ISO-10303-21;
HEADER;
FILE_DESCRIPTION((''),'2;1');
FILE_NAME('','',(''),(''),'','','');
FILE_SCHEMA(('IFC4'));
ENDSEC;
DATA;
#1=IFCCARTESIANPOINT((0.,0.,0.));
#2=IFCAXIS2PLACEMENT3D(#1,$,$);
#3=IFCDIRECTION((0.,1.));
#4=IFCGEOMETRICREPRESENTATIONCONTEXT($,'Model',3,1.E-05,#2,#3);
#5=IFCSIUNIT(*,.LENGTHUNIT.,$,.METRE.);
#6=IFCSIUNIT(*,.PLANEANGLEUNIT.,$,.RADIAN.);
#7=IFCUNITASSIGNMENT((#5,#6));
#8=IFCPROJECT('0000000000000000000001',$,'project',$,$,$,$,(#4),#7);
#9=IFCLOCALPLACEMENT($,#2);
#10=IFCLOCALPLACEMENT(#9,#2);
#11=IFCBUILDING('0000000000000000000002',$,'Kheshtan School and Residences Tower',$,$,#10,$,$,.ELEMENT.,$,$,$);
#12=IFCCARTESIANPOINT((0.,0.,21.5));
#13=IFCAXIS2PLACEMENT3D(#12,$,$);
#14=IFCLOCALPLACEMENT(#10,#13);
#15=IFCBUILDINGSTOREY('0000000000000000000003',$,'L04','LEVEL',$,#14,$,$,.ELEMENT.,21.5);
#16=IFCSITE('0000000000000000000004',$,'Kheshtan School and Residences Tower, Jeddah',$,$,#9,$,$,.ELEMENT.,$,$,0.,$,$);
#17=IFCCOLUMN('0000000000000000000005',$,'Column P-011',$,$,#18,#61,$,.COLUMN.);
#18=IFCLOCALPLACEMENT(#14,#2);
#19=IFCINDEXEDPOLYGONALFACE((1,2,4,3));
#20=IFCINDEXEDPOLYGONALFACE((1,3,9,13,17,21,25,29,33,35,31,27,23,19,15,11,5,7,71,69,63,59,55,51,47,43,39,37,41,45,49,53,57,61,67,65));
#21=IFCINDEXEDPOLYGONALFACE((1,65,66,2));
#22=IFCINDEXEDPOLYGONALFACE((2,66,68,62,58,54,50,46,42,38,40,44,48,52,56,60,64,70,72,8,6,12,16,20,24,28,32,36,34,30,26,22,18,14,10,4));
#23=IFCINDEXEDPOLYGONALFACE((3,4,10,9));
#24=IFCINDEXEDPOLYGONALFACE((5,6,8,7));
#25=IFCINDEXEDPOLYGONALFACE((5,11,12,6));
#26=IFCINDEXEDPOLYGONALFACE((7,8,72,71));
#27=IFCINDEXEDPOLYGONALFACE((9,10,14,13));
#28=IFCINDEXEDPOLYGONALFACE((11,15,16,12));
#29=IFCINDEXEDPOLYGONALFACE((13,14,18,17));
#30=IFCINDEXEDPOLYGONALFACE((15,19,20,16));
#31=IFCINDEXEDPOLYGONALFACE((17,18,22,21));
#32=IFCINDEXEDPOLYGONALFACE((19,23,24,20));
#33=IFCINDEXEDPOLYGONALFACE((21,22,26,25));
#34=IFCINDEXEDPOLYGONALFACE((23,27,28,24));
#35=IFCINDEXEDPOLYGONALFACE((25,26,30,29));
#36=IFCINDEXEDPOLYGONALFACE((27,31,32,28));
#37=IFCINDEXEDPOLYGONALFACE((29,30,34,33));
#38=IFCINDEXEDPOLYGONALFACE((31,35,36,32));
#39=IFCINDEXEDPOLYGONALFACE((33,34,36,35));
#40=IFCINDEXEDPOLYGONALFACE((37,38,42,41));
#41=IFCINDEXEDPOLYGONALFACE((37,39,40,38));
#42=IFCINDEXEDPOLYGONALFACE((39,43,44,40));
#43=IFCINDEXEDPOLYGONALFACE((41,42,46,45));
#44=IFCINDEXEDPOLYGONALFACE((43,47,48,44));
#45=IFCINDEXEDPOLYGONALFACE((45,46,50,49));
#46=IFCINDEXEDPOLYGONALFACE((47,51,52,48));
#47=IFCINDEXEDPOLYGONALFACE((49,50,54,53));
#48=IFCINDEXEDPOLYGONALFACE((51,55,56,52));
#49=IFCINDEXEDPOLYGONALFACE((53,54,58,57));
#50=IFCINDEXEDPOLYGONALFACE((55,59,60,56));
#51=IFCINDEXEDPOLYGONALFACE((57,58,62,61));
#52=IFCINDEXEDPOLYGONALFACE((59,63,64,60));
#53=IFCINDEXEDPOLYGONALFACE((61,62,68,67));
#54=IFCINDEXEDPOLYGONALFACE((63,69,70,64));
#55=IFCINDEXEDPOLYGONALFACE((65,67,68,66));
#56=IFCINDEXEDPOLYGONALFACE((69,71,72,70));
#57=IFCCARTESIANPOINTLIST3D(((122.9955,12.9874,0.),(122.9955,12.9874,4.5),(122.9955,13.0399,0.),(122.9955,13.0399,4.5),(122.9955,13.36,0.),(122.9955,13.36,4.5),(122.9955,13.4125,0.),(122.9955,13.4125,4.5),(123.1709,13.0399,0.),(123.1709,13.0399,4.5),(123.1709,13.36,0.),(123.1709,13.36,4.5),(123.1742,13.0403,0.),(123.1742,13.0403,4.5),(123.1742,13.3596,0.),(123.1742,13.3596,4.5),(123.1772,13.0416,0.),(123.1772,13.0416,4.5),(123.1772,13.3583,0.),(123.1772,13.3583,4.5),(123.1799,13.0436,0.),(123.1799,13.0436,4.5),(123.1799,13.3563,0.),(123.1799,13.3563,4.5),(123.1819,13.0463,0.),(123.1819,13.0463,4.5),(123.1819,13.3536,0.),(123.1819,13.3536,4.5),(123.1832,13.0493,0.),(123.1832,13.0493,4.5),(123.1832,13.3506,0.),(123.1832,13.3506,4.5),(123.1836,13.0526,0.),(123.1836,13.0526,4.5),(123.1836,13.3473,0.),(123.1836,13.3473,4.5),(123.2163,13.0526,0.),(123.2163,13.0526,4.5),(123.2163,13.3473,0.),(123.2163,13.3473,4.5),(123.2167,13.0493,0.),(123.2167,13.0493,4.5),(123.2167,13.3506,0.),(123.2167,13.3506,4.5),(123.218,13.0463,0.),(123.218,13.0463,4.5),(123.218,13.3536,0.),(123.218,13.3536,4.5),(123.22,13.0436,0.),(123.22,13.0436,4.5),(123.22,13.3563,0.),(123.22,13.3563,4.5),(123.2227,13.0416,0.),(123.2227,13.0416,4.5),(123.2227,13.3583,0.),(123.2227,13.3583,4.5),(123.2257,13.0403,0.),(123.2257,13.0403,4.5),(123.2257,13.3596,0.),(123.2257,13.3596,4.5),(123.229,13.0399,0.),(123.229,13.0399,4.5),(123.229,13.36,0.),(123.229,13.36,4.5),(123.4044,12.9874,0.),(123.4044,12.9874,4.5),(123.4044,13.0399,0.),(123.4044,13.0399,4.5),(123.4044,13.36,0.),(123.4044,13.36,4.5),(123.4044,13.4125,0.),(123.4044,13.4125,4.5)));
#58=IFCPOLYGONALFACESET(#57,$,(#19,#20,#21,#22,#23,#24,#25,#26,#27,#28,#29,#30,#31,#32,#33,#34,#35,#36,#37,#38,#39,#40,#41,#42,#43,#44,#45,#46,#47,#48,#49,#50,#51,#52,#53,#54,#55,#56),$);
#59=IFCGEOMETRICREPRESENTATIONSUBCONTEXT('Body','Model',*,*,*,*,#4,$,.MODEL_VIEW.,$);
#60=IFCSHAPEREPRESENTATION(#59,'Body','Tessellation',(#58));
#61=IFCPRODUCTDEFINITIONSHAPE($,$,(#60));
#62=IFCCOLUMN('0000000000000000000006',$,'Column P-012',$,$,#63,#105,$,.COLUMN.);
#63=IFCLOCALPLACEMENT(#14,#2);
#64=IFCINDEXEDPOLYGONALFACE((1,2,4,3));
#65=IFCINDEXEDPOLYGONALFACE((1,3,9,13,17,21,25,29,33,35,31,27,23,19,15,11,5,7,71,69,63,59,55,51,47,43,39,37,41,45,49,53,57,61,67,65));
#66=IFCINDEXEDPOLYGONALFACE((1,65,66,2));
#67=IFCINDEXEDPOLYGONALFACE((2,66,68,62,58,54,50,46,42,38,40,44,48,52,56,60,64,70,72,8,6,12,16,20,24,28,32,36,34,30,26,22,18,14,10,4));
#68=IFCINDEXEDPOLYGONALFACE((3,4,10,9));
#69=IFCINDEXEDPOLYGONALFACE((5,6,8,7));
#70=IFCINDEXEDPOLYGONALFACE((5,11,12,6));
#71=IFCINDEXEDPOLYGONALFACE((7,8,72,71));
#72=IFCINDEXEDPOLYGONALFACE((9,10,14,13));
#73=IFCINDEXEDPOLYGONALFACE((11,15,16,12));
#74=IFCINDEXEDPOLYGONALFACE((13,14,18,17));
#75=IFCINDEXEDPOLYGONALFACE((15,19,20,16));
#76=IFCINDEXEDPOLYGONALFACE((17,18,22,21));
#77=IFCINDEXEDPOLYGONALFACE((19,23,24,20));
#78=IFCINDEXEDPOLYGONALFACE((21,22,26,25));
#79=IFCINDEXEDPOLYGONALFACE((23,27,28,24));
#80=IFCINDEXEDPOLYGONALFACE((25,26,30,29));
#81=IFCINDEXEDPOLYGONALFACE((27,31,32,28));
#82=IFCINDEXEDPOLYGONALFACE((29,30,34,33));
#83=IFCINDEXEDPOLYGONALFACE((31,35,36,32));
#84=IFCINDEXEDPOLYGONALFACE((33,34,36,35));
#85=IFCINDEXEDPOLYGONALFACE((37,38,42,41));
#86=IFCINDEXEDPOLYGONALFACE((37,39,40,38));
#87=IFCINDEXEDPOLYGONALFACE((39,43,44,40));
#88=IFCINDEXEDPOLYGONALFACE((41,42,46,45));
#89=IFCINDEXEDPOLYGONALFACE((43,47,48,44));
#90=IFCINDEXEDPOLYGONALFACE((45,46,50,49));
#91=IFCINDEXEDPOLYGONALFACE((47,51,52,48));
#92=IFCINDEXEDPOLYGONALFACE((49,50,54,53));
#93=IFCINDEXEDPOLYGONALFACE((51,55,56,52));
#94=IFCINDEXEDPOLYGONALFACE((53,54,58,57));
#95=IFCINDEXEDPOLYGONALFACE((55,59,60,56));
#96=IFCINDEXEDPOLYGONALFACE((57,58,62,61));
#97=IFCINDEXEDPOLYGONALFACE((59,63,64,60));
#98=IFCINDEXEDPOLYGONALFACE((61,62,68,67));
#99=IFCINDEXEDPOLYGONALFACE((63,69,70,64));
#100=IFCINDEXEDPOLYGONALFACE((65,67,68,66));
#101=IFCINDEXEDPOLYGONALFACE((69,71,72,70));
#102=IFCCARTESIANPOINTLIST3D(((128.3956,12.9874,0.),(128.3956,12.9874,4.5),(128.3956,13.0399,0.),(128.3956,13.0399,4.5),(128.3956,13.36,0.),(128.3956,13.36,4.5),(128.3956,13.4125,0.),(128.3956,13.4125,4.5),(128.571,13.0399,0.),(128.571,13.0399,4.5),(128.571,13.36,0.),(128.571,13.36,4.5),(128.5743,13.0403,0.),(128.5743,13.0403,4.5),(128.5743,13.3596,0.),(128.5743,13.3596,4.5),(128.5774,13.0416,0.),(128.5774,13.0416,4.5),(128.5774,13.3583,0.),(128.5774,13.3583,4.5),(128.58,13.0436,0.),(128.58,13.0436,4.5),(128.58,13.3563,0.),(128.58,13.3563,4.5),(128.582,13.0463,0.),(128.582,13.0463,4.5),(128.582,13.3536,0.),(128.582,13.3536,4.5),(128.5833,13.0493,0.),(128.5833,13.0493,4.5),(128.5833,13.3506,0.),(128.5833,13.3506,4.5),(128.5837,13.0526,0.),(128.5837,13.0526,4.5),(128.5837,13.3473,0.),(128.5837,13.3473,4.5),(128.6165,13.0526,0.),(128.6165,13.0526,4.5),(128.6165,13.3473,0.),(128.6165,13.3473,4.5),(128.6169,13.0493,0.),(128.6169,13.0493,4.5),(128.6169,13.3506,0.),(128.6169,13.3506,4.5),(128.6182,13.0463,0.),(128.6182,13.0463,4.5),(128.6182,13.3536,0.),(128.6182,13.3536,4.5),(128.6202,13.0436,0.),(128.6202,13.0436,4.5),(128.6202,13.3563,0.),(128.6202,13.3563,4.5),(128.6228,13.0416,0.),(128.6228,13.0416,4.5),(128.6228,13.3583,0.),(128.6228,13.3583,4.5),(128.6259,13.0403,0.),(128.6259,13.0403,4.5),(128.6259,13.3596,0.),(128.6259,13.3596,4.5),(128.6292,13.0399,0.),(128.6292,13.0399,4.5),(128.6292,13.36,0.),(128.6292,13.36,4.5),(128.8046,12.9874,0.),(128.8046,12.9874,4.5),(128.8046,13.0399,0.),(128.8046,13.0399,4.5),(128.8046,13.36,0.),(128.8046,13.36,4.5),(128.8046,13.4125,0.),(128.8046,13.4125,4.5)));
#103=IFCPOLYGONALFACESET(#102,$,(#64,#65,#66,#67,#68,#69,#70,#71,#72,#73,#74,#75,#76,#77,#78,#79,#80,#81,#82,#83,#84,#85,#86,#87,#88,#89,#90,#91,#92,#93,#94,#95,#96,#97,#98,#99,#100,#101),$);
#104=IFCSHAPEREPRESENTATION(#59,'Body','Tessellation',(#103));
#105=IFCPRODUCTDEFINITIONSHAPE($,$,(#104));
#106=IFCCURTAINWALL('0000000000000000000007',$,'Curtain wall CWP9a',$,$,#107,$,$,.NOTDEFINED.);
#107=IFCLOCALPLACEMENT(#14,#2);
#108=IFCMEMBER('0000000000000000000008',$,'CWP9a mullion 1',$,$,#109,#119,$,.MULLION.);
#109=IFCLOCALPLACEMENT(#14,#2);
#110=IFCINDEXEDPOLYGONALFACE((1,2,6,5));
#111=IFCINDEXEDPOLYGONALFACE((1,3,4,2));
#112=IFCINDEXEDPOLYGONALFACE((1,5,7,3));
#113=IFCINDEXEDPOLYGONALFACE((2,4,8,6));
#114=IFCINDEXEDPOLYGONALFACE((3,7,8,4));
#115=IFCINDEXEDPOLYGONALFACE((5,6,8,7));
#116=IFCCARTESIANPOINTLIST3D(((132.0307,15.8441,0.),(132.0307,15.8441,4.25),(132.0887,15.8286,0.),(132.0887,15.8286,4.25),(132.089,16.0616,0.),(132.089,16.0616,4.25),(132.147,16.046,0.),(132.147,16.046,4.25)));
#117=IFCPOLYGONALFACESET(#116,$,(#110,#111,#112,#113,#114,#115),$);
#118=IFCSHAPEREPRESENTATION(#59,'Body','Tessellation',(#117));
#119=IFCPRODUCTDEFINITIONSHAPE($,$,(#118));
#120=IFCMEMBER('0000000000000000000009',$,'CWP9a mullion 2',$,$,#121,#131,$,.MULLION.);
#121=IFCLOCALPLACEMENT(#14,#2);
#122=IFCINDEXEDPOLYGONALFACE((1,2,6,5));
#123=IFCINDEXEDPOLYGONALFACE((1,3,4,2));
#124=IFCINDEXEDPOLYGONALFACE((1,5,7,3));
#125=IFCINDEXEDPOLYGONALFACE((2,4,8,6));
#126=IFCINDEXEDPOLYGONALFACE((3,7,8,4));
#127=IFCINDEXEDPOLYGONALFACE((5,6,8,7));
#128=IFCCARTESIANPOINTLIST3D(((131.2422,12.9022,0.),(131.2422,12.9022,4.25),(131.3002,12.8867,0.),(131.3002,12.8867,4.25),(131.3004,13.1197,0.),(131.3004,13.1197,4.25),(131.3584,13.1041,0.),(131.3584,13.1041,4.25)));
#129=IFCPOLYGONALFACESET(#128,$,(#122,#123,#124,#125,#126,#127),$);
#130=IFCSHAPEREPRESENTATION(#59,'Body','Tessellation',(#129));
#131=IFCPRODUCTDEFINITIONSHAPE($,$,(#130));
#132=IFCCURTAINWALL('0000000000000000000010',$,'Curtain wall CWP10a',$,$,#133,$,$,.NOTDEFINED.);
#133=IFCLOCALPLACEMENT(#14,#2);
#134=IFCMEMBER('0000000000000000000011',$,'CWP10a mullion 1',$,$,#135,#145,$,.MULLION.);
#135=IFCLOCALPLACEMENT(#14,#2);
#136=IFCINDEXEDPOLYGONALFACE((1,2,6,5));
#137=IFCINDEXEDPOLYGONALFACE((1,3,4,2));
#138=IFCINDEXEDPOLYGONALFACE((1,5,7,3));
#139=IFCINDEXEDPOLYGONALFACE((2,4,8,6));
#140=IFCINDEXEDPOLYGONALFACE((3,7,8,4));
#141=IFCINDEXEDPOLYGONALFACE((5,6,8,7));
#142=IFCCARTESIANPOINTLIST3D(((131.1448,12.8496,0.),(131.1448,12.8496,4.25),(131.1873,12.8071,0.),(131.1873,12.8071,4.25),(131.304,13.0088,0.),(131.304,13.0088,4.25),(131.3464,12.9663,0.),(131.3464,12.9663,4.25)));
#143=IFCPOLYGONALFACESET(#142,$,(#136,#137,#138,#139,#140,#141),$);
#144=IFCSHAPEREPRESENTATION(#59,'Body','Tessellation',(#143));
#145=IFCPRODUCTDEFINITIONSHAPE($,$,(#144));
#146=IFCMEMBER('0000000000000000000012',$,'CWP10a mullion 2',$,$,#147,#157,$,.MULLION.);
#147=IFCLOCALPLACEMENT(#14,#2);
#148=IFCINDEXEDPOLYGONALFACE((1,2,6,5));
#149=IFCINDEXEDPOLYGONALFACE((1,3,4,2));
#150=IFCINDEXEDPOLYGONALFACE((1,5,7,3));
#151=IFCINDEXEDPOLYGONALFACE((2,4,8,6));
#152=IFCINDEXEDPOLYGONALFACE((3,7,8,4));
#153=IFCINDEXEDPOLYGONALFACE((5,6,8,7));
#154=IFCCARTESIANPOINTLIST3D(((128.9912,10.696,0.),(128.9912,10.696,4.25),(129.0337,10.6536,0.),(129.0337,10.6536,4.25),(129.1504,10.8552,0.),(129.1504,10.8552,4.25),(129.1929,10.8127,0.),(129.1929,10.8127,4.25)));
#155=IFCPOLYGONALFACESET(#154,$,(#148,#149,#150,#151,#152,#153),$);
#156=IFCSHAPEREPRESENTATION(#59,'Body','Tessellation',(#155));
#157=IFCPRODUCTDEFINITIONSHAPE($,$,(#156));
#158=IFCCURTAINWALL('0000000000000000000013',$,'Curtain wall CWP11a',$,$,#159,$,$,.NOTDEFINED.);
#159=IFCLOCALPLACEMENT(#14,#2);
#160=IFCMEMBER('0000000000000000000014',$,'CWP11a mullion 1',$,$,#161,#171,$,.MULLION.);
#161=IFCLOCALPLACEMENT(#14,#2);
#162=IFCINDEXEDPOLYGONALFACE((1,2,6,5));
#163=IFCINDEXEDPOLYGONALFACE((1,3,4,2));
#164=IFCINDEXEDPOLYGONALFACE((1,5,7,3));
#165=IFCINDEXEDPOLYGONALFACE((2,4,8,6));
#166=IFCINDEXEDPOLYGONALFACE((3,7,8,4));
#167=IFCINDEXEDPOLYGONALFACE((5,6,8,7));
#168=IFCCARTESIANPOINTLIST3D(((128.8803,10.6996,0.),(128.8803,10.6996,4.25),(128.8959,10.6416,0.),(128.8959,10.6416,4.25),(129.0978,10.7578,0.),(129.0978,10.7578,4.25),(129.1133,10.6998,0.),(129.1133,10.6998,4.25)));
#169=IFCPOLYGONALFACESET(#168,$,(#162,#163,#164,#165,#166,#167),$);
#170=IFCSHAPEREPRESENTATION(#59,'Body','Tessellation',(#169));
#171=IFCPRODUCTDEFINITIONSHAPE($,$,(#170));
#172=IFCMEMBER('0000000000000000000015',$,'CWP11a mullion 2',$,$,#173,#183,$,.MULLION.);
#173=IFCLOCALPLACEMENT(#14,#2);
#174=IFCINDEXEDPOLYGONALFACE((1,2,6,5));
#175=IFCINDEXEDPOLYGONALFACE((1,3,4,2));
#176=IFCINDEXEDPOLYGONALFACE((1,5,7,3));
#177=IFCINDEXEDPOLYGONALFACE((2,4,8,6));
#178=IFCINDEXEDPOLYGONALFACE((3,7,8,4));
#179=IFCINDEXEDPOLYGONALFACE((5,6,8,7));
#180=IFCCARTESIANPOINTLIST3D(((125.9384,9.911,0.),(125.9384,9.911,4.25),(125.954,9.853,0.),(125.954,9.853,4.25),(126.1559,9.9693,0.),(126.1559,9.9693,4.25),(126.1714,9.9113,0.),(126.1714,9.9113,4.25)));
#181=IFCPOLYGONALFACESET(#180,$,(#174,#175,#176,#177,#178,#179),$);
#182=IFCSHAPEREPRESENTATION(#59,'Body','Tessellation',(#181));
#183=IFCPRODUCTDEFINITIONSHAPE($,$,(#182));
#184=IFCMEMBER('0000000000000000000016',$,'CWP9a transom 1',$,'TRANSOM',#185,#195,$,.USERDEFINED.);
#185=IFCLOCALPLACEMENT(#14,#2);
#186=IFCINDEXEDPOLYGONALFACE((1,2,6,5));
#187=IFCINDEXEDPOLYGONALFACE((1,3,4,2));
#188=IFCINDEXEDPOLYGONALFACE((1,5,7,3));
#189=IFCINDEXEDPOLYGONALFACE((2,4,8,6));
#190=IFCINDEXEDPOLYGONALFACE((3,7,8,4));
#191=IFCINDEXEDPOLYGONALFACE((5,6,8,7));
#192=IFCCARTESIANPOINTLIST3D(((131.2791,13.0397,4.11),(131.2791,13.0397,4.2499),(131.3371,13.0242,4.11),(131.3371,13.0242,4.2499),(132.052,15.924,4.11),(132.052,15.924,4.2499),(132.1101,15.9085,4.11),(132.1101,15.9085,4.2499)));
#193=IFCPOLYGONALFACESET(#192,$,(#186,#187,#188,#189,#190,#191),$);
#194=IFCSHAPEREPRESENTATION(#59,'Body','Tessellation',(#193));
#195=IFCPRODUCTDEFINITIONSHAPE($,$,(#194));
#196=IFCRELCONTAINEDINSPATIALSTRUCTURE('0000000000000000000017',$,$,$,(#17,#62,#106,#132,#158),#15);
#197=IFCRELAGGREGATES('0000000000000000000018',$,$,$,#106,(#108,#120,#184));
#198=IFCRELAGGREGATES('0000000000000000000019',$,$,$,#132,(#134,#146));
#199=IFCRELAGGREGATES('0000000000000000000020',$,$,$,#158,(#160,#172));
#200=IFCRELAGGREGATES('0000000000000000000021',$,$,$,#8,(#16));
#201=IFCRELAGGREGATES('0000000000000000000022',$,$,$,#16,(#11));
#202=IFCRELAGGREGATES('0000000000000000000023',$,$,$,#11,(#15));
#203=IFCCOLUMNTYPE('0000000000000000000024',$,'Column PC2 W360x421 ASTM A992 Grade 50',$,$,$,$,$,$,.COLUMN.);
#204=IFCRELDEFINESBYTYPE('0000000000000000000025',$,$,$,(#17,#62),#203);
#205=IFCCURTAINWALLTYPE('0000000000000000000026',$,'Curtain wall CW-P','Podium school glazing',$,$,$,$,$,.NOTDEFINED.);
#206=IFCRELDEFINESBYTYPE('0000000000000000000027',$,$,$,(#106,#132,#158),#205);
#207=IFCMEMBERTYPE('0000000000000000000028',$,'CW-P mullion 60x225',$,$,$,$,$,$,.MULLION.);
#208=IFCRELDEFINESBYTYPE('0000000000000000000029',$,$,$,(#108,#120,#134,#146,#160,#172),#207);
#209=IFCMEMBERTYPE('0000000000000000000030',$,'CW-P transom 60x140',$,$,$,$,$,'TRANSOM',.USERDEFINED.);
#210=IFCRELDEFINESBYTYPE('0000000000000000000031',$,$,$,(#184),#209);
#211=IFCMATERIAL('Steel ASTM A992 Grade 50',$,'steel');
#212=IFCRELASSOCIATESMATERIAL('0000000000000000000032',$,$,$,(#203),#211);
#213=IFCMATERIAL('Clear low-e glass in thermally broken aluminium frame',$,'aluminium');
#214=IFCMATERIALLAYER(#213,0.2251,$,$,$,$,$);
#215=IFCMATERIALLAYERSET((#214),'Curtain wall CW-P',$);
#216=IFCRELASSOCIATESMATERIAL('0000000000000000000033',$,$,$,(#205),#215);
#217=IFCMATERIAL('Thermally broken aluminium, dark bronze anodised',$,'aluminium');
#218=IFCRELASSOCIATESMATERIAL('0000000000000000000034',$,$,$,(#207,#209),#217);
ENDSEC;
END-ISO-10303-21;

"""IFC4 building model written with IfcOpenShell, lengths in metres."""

from ifc_helpers import new_model, si_unit, direction, frame, origin, origin_2d, place, context, subcontext, project, spatial, rectangle, i_section, extrude, material, layer, layer_set, material_profile, profile_set, type_object, element, aggregate, save


model = new_model("IFC4")

# Units and contexts
model_context = context("Model", 3, precision=1e-05, world=origin(), true_north=direction((0.0, 1.0)))
body_context = subcontext(model_context, "Body", "Model", "MODEL_VIEW")
ifc_project = project(units=[si_unit("LENGTHUNIT", "METRE"), si_unit("PLANEANGLEUNIT", "RADIAN")], contexts=[model_context])

# Site, building, storey
site_placement = place(None, origin())
site = spatial("IfcSite", under=ifc_project, at=site_placement, Name="Kheshtan School and Residences Tower, Jeddah", CompositionType="ELEMENT", RefElevation=0.0)
building_placement = place(site_placement, origin())
building = spatial("IfcBuilding", under=site, at=building_placement, Name="Kheshtan School and Residences Tower", CompositionType="ELEMENT")
storey_placement = place(building_placement, frame((0.0, 0.0, 21.5)))
storey = spatial("IfcBuildingStorey", under=building, at=storey_placement, Name="L04", Description="LEVEL", CompositionType="ELEMENT", Elevation=21.5)

# Columns
ifc_material_1 = material(Name="Steel ASTM A992 Grade 50", Category="steel")
ifc_material_profile_1 = material_profile(ifc_material_1, i_section(OverallWidth=0.4089, OverallDepth=0.425, WebThickness=0.0327, FlangeThickness=0.0525, FilletRadius=0.0127, at=origin_2d()), Name="W360x421")
ifc_profile_set_1 = profile_set([ifc_material_profile_1], Name="Steel ASTM A992 Grade 50")
column_type = type_object("IfcColumnType", Name="Column PC2 W360x421 ASTM A992 Grade 50", PredefinedType="COLUMN", material=ifc_profile_set_1)
for number, where, z_axis, x_axis, name in (
    (1, (123.2, 13.2, 0.0), (0.0, 0.0, 1.0), (1.0, 0.0, 0.0), "Column P-011"),
    (2, (128.6001, 13.2, 0.0), (0.0, 0.0, 1.0), (1.0, 0.0, 0.0), "Column P-012"),
):
    element("IfcColumn", number, at=place(storey_placement, frame(where, z_axis=z_axis, x_axis=x_axis)), inside=storey, type_object=column_type, Name=name, PredefinedType="COLUMN", context=body_context, shape_type="SweptSolid", body=[
        extrude(i_section(OverallWidth=0.4089, OverallDepth=0.425, WebThickness=0.0327, FlangeThickness=0.0525, FilletRadius=0.0127, at=origin_2d()), origin(), (0.0, 0.0, 1.0), 4.5),
    ])

# Curtain walls, members
ifc_material_2 = material(Name="Clear low-e glass in thermally broken aluminium frame", Category="aluminium")
ifc_layer_1 = layer(ifc_material_2, 0.2251)
ifc_layer_set_1 = layer_set([ifc_layer_1], Name="Curtain wall CW-P")
curtain_wall_type = type_object("IfcCurtainWallType", Name="Curtain wall CW-P", Description="Podium school glazing", PredefinedType="NOTDEFINED", material=ifc_layer_set_1)
curtain_wall_1_placement = place(storey_placement, origin())
curtain_wall_1 = element("IfcCurtainWall", 3, at=curtain_wall_1_placement, inside=storey, type_object=curtain_wall_type, Name="Curtain wall CWP9a", PredefinedType="NOTDEFINED")
ifc_material_3 = material(Name="Thermally broken aluminium, dark bronze anodised", Category="aluminium")
ifc_material_profile_2 = material_profile(ifc_material_3, rectangle(XDim=0.0601, YDim=0.2251, at=origin_2d()), Name="CW-P mullion 60x225")
ifc_profile_set_2 = profile_set([ifc_material_profile_2], Name="Thermally broken aluminium, dark bronze anodised")
member_type_1 = type_object("IfcMemberType", Name="CW-P mullion 60x225", PredefinedType="MULLION", material=ifc_profile_set_2)
member_1_placement = place(storey_placement, frame((132.0889, 15.9451, 0.0), z_axis=(0.0, 0.0, 1.0), x_axis=(0.965914, -0.258865, 0.0)))
member_1 = element("IfcMember", 4, at=member_1_placement, type_object=member_type_1, Name="CWP9a mullion 1", PredefinedType="MULLION", context=body_context, shape_type="SweptSolid", body=[
    extrude(rectangle(XDim=0.0601, YDim=0.2251, at=origin_2d()), origin(), (0.0, 0.0, 1.0), 4.25),
])
member_2_placement = place(storey_placement, frame((131.3003, 13.0032, 0.0), z_axis=(0.0, 0.0, 1.0), x_axis=(0.965914, -0.258865, 0.0)))
member_2 = element("IfcMember", 5, at=member_2_placement, type_object=member_type_1, Name="CWP9a mullion 2", PredefinedType="MULLION", context=body_context, shape_type="SweptSolid", body=[
    extrude(rectangle(XDim=0.0601, YDim=0.2251, at=origin_2d()), origin(), (0.0, 0.0, 1.0), 4.25),
])
curtain_wall_2_placement = place(storey_placement, origin())
curtain_wall_2 = element("IfcCurtainWall", 6, at=curtain_wall_2_placement, inside=storey, type_object=curtain_wall_type, Name="Curtain wall CWP10a", PredefinedType="NOTDEFINED")
member_3_placement = place(storey_placement, frame((131.2456, 12.908, 0.0), z_axis=(0.0, 0.0, 1.0), x_axis=(0.707107, -0.707107, 0.0)))
member_3 = element("IfcMember", 7, at=member_3_placement, type_object=member_type_1, Name="CWP10a mullion 1", PredefinedType="MULLION", context=body_context, shape_type="SweptSolid", body=[
    extrude(rectangle(XDim=0.0601, YDim=0.2251, at=origin_2d()), origin(), (0.0, 0.0, 1.0), 4.25),
])
member_4_placement = place(storey_placement, frame((129.092, 10.7544, 0.0), z_axis=(0.0, 0.0, 1.0), x_axis=(0.707107, -0.707107, 0.0)))
member_4 = element("IfcMember", 8, at=member_4_placement, type_object=member_type_1, Name="CWP10a mullion 2", PredefinedType="MULLION", context=body_context, shape_type="SweptSolid", body=[
    extrude(rectangle(XDim=0.0601, YDim=0.2251, at=origin_2d()), origin(), (0.0, 0.0, 1.0), 4.25),
])
curtain_wall_3_placement = place(storey_placement, origin())
curtain_wall_3 = element("IfcCurtainWall", 9, at=curtain_wall_3_placement, inside=storey, type_object=curtain_wall_type, Name="Curtain wall CWP11a", PredefinedType="NOTDEFINED")
member_5_placement = place(storey_placement, frame((128.9968, 10.6997, 0.0), z_axis=(0.0, 0.0, 1.0), x_axis=(0.258865, -0.965914, 0.0)))
member_5 = element("IfcMember", 10, at=member_5_placement, type_object=member_type_1, Name="CWP11a mullion 1", PredefinedType="MULLION", context=body_context, shape_type="SweptSolid", body=[
    extrude(rectangle(XDim=0.0601, YDim=0.2251, at=origin_2d()), origin(), (0.0, 0.0, 1.0), 4.25),
])
member_6_placement = place(storey_placement, frame((126.0549, 9.9111, 0.0), z_axis=(0.0, 0.0, 1.0), x_axis=(0.258865, -0.965914, 0.0)))
member_6 = element("IfcMember", 11, at=member_6_placement, type_object=member_type_1, Name="CWP11a mullion 2", PredefinedType="MULLION", context=body_context, shape_type="SweptSolid", body=[
    extrude(rectangle(XDim=0.0601, YDim=0.2251, at=origin_2d()), origin(), (0.0, 0.0, 1.0), 4.25),
])

# Member
ifc_material_profile_3 = material_profile(ifc_material_3, rectangle(XDim=0.0601, YDim=0.1399, at=origin_2d()), Name="CW-P transom 60x140")
ifc_profile_set_3 = profile_set([ifc_material_profile_3], Name="Thermally broken aluminium, dark bronze anodised")
member_type_2 = type_object("IfcMemberType", Name="CW-P transom 60x140", ElementType="TRANSOM", PredefinedType="USERDEFINED", material=ifc_profile_set_3)
member_7_placement = place(storey_placement, frame((132.0811, 15.9163, 4.1799), z_axis=(-0.258853, -0.965917, 0.0), x_axis=(0.965917, -0.258853, 0.0)))
member_7 = element("IfcMember", 12, at=member_7_placement, type_object=member_type_2, Name="CWP9a transom 1", ObjectType="TRANSOM", PredefinedType="USERDEFINED", context=body_context, shape_type="SweptSolid", body=[
    extrude(rectangle(XDim=0.0601, YDim=0.1399, at=origin_2d()), origin(), (0.0, 0.0, 1.0), 2.9861),
])

aggregate(curtain_wall_1, [member_1, member_2, member_7])
aggregate(curtain_wall_2, [member_3, member_4])
aggregate(curtain_wall_3, [member_5, member_6])

save(model, "model.ifc")
